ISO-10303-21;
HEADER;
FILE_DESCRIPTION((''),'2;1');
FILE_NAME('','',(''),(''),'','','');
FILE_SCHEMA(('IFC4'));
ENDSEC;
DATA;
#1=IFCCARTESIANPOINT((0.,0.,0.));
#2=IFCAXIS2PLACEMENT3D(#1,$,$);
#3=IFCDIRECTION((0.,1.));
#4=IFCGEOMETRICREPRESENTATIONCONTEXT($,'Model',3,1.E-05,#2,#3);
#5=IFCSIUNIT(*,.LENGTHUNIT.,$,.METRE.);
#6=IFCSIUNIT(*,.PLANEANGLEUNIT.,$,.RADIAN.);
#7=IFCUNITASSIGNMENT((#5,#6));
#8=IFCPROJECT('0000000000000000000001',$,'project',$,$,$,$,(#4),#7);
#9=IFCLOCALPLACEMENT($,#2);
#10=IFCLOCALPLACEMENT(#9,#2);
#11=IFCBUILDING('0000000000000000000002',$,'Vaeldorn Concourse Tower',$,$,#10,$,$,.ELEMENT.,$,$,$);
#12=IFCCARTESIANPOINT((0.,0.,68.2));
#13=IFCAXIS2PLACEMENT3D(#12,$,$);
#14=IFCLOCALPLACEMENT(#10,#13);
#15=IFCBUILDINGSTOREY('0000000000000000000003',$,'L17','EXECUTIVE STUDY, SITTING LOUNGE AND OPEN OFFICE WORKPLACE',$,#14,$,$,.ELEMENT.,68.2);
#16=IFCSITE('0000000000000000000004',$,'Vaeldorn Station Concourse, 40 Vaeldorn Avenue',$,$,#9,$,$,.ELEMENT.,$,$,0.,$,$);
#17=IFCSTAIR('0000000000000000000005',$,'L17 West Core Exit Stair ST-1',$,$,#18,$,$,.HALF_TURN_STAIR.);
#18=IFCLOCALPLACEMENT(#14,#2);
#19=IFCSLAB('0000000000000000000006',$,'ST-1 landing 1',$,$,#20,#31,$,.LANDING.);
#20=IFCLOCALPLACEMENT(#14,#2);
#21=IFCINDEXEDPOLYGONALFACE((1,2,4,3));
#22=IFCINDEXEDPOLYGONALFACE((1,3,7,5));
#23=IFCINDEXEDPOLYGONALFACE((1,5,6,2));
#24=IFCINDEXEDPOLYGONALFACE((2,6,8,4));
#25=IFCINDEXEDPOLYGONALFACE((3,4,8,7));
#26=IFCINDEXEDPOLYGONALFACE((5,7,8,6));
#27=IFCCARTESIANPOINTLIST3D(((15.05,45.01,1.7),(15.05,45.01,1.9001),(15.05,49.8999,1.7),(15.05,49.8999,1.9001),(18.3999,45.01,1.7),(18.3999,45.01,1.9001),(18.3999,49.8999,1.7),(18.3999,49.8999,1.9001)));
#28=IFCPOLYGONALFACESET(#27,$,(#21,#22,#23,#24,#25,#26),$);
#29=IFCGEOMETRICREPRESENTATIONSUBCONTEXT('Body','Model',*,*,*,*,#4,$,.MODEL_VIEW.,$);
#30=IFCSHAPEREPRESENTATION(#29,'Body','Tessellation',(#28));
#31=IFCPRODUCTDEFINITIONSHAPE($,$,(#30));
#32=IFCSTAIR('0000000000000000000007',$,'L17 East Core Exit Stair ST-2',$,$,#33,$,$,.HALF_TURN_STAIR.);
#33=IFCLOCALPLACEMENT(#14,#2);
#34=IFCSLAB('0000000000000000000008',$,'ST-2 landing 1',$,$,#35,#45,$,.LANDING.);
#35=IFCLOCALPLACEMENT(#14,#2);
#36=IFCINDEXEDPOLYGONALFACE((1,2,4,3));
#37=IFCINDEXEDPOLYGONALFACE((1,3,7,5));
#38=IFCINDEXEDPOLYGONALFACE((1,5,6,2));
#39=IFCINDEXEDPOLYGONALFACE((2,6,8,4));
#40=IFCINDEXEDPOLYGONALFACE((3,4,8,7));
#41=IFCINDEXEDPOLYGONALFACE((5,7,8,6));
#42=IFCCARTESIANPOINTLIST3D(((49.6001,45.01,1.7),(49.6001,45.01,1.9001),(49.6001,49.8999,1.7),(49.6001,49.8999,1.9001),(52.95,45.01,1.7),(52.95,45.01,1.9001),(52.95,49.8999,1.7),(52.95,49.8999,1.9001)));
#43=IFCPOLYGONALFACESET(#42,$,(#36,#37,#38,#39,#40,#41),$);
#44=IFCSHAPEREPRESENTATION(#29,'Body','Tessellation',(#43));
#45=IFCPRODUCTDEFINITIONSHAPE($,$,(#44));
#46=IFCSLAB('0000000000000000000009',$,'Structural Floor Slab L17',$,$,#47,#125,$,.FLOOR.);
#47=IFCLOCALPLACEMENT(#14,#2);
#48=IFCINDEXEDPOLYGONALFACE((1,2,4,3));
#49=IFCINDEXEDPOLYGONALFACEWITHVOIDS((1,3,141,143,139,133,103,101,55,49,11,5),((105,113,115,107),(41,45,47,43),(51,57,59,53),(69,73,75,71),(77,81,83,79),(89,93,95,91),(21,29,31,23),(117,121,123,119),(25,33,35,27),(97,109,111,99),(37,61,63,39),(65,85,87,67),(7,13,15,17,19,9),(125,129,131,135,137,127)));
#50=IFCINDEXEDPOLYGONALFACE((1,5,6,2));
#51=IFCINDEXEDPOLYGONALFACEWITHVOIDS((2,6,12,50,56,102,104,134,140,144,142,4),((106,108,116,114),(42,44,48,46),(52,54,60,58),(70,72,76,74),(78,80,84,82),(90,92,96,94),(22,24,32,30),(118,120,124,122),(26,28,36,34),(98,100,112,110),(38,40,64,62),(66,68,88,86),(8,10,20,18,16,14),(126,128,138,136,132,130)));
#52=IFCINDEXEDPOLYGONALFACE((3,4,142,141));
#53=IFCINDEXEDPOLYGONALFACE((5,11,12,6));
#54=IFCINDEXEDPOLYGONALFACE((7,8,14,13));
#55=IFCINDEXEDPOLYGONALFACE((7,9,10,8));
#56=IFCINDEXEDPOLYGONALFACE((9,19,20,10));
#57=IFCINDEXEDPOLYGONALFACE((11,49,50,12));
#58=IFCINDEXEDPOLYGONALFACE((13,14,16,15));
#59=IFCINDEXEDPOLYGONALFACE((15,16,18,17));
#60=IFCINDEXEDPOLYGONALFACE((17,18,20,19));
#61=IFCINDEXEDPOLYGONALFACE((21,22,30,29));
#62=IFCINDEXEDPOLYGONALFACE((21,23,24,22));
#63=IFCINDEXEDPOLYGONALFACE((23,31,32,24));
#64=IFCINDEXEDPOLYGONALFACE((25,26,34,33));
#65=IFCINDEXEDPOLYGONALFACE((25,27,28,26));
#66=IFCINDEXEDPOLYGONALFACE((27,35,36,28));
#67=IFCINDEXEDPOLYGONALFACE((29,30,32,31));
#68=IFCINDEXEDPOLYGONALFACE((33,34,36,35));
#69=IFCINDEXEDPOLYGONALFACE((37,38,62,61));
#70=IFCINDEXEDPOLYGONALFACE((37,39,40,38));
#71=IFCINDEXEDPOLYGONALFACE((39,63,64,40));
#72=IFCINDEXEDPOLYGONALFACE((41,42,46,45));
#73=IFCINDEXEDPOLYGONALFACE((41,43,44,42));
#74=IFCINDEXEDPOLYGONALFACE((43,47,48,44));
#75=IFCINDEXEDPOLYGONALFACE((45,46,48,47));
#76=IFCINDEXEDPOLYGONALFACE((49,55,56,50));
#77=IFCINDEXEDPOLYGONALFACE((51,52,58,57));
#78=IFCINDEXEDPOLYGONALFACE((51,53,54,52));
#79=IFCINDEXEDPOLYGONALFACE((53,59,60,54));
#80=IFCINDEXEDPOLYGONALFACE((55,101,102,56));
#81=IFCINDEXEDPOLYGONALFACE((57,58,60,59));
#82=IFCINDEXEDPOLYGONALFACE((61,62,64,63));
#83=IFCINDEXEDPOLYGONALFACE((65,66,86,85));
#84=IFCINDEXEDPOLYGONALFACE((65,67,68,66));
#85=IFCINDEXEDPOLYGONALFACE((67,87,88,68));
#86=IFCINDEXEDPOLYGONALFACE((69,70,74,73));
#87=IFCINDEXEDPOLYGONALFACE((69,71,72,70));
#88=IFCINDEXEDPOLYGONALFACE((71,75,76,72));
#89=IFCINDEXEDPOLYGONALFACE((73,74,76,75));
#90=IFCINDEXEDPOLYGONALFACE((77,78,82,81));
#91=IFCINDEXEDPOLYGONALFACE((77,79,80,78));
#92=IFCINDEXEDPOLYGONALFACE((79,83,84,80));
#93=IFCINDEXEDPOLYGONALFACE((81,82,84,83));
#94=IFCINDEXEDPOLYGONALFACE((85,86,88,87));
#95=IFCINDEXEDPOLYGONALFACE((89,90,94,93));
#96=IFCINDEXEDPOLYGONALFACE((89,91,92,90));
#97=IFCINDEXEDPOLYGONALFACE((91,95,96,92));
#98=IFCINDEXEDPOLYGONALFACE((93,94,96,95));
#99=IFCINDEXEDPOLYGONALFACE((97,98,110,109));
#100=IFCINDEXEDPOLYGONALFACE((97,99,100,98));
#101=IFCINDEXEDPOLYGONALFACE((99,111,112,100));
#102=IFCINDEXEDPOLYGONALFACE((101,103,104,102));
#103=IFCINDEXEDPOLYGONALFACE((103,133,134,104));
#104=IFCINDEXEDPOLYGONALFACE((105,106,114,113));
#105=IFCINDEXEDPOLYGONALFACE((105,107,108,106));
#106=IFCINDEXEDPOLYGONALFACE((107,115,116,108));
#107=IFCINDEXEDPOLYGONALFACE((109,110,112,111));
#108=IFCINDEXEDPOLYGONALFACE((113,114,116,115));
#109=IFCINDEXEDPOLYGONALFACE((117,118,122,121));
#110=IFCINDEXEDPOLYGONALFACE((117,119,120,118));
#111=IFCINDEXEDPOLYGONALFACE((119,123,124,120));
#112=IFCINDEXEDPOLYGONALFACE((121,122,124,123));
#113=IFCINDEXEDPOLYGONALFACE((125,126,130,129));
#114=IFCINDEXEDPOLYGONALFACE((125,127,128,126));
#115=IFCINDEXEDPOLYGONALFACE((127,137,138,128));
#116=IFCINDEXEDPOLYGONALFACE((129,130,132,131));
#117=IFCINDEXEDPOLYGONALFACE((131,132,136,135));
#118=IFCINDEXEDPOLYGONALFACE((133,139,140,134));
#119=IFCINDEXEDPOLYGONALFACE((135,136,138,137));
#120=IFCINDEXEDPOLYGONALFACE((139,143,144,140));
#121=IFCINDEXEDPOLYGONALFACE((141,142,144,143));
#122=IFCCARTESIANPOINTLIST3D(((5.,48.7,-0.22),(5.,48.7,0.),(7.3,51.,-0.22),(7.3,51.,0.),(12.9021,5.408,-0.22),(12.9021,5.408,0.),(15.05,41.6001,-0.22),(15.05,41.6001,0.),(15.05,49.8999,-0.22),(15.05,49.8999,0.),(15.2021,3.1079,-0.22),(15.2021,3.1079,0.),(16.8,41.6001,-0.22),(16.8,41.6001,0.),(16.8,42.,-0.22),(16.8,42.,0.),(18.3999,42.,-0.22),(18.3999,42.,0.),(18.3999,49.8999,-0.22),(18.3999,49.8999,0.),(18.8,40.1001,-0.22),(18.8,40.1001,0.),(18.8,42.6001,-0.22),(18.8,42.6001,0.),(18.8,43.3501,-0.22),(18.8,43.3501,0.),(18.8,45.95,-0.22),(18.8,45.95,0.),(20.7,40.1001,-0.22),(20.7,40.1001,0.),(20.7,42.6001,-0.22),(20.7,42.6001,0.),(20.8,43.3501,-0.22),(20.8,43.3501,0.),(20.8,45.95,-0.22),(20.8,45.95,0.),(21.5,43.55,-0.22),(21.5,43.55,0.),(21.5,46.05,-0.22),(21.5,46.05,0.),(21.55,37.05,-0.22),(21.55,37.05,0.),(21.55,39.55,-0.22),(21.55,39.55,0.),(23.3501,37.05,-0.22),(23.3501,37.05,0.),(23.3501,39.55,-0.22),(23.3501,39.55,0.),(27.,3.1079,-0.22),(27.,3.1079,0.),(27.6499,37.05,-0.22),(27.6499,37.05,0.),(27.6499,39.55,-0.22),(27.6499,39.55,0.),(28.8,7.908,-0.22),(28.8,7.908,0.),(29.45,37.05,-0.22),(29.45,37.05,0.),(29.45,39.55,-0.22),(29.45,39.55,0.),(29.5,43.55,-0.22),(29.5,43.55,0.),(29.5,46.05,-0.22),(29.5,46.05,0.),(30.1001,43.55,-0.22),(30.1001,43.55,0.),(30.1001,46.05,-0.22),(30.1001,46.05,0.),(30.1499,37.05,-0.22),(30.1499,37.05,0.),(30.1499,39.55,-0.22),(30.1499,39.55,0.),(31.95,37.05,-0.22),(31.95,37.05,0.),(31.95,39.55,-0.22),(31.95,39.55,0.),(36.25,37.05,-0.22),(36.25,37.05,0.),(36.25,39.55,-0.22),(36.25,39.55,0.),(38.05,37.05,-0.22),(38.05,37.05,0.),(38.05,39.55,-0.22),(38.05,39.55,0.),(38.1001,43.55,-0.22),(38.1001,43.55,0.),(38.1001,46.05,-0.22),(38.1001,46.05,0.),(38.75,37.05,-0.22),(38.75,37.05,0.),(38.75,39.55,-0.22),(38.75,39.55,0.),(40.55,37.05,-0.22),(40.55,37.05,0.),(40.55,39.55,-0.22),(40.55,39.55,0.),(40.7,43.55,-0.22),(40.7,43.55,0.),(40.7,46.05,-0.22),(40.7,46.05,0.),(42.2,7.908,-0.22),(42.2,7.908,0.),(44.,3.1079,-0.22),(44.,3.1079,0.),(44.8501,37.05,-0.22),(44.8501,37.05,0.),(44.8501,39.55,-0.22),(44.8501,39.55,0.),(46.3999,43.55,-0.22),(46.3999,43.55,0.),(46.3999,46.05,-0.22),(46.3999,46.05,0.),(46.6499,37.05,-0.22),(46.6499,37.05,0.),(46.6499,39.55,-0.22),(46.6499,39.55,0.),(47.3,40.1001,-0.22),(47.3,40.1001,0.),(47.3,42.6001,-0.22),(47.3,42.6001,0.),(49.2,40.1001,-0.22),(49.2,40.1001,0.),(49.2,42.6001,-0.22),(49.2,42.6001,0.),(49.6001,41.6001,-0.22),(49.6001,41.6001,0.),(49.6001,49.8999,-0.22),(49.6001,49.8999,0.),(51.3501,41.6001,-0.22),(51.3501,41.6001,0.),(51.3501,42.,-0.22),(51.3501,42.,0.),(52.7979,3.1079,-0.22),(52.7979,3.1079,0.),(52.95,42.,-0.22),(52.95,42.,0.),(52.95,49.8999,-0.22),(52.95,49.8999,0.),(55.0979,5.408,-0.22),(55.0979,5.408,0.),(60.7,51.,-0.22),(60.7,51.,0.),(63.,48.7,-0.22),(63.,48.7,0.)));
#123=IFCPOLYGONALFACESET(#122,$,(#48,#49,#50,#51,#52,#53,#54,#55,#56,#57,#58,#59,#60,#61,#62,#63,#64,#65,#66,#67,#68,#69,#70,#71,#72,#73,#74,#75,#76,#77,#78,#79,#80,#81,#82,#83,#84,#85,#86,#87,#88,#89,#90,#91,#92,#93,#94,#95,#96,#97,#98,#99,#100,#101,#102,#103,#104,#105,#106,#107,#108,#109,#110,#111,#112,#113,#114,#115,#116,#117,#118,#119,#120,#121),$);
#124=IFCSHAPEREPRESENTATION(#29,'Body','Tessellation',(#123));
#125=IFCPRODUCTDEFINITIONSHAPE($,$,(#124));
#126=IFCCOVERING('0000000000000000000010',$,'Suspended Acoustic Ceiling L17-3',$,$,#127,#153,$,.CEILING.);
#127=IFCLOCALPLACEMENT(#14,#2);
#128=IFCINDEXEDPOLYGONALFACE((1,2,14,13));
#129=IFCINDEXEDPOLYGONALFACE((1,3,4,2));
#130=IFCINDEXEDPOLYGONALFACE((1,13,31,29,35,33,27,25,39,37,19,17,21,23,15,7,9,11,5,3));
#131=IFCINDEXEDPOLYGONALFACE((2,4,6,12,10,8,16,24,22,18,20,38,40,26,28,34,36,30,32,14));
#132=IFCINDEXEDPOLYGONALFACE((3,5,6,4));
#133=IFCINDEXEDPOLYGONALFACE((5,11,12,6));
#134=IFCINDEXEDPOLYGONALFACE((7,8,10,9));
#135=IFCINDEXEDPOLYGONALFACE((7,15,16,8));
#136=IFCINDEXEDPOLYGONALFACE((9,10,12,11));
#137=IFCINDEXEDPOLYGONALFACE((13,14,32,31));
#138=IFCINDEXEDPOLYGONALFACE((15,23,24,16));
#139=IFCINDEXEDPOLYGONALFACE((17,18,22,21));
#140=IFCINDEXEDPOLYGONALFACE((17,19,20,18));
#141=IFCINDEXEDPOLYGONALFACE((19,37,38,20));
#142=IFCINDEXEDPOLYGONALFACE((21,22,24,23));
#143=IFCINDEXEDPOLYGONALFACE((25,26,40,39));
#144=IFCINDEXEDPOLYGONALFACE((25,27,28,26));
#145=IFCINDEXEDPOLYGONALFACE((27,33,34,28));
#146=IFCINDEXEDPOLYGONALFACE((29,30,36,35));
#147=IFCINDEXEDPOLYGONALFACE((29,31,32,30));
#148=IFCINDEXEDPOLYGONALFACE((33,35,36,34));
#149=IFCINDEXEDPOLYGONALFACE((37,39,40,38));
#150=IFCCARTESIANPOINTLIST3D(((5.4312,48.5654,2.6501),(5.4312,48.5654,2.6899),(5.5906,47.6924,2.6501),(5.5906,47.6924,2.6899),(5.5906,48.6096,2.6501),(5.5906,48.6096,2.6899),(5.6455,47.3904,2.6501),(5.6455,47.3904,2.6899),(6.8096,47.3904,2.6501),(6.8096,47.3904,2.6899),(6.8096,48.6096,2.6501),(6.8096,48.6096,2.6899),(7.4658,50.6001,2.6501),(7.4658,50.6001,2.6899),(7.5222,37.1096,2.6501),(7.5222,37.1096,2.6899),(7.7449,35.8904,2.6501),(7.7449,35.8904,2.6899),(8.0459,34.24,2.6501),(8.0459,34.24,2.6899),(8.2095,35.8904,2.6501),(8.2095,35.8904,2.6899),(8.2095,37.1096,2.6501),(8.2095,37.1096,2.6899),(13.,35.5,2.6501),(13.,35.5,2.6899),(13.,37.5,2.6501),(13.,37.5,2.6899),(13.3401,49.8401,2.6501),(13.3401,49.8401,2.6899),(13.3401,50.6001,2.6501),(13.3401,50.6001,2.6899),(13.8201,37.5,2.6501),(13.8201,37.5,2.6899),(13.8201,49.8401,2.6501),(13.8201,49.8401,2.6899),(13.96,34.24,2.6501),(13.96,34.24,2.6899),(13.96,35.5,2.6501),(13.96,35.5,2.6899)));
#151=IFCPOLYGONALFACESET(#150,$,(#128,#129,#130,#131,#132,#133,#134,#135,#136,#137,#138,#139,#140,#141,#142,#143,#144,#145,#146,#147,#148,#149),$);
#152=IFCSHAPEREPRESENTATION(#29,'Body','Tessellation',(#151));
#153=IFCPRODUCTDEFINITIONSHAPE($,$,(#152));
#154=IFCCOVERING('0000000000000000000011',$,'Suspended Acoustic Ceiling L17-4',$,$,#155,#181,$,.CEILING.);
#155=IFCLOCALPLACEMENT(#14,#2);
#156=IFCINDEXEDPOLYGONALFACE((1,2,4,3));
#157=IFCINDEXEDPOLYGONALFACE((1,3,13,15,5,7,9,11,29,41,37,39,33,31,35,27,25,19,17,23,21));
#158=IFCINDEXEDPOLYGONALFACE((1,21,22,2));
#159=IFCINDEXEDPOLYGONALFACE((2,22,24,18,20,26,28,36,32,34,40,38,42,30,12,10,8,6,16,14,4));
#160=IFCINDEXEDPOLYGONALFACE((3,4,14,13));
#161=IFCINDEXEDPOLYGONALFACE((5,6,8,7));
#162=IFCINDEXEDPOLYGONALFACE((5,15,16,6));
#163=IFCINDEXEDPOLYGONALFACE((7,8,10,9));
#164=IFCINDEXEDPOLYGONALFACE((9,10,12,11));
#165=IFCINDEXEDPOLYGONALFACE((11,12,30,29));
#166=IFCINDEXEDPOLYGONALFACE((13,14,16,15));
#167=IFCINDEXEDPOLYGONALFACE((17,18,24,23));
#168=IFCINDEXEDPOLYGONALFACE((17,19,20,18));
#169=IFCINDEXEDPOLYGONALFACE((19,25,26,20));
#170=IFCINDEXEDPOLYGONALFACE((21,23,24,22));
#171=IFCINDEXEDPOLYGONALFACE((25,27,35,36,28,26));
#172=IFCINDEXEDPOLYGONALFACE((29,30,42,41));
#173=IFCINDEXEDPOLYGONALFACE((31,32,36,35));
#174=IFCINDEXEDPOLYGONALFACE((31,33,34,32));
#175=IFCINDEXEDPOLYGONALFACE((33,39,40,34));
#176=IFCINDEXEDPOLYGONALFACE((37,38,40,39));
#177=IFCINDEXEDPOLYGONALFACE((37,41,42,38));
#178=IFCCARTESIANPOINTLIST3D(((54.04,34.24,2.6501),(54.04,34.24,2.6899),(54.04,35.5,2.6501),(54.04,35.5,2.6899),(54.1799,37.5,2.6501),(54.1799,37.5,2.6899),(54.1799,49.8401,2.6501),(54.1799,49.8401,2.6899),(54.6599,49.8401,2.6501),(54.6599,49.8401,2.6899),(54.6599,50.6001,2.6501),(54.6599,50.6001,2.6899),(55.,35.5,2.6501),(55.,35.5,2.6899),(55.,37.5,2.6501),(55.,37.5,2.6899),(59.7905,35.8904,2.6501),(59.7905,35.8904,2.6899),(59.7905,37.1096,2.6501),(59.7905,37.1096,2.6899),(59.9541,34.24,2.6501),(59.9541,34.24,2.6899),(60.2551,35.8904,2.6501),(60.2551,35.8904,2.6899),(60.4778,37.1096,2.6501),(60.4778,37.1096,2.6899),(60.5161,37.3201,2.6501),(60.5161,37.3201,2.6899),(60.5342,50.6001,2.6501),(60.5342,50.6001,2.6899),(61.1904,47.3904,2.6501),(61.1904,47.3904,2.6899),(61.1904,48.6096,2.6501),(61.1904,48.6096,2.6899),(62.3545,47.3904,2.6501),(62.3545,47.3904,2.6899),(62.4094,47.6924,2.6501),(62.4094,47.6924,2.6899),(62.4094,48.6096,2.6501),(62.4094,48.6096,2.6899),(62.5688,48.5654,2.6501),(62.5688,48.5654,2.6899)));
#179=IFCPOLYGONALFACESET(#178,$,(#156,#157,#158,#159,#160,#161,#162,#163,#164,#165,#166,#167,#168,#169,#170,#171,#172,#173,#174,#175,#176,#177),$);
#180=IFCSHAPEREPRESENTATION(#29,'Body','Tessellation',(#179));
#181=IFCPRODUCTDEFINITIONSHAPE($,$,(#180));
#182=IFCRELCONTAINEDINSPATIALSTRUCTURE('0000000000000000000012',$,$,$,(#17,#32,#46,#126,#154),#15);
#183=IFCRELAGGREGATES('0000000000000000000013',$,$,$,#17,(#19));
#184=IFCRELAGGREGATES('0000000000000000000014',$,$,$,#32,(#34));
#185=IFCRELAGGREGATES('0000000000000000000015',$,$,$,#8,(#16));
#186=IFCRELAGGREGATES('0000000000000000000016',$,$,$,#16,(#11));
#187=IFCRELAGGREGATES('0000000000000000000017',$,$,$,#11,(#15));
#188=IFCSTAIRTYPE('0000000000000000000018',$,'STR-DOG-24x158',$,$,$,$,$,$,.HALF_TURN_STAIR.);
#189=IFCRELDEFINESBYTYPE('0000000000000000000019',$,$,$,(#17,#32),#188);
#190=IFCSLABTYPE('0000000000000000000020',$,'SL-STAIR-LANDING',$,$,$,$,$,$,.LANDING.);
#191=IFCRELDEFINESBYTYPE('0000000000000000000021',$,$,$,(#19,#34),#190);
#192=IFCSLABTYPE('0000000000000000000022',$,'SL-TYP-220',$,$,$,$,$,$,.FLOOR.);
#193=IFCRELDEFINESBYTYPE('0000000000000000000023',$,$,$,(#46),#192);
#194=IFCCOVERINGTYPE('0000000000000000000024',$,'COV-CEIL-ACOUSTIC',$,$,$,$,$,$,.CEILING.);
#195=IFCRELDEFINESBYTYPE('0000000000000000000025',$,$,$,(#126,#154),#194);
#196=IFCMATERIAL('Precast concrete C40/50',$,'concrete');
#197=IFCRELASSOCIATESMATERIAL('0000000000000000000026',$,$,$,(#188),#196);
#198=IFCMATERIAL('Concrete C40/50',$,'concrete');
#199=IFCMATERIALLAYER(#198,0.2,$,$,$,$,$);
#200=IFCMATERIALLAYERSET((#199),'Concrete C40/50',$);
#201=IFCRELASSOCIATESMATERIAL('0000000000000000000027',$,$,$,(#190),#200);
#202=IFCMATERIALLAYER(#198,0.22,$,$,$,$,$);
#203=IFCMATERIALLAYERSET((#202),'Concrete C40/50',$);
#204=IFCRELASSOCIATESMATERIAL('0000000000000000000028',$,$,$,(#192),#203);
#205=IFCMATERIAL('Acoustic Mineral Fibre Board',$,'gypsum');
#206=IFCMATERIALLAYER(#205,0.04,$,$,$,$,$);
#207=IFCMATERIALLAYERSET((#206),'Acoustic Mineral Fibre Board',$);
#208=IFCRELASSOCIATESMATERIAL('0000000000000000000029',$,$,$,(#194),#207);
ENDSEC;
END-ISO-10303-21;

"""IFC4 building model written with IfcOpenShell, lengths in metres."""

from ifc_helpers import new_model, si_unit, direction, frame, origin, place, context, subcontext, project, spatial, polyline, outline, extrude, material, layer, layer_set, type_object, element, aggregate, save


model = new_model("IFC4")

# Units and contexts
model_context = context("Model", 3, precision=1e-05, world=origin(), true_north=direction((0.0, 1.0)))
body_context = subcontext(model_context, "Body", "Model", "MODEL_VIEW")
ifc_project = project(units=[si_unit("LENGTHUNIT", "METRE"), si_unit("PLANEANGLEUNIT", "RADIAN")], contexts=[model_context])

# Site, building, storey
site_placement = place(None, origin())
site = spatial("IfcSite", under=ifc_project, at=site_placement, Name="Vaeldorn Station Concourse, 40 Vaeldorn Avenue", CompositionType="ELEMENT", RefElevation=0.0)
building_placement = place(site_placement, origin())
building = spatial("IfcBuilding", under=site, at=building_placement, Name="Vaeldorn Concourse Tower", CompositionType="ELEMENT")
storey_placement = place(building_placement, frame((0.0, 0.0, 68.2)))
storey = spatial("IfcBuildingStorey", under=building, at=storey_placement, Name="L17", Description="EXECUTIVE STUDY, SITTING LOUNGE AND OPEN OFFICE WORKPLACE", CompositionType="ELEMENT", Elevation=68.2)

# Stairs, slabs
ifc_material_1 = material(Name="Precast concrete C40/50", Category="concrete")
stair_type = type_object("IfcStairType", Name="STR-DOG-24x158", PredefinedType="HALF_TURN_STAIR", material=ifc_material_1)
stair_1_placement = place(storey_placement, origin())
stair_1 = element("IfcStair", 1, at=stair_1_placement, inside=storey, type_object=stair_type, Name="L17 West Core Exit Stair ST-1", PredefinedType="HALF_TURN_STAIR")
ifc_material_2 = material(Name="Concrete C40/50", Category="concrete")
ifc_layer_1 = layer(ifc_material_2, 0.2)
ifc_layer_set_1 = layer_set([ifc_layer_1], Name="Concrete C40/50")
slab_type_1 = type_object("IfcSlabType", Name="SL-STAIR-LANDING", PredefinedType="LANDING", material=ifc_layer_set_1)
slab_1_placement = place(storey_placement, frame((0.0, 0.0, 1.7)))
slab_1 = element("IfcSlab", 2, at=slab_1_placement, type_object=slab_type_1, Name="ST-1 landing 1", PredefinedType="LANDING", context=body_context, shape_type="SweptSolid", body=[
    extrude(outline(polyline([(18.3999, 45.01), (18.3999, 49.8999), (15.05, 49.8999), (15.05, 45.01), (18.3999, 45.01)])), origin(), (0.0, 0.0, 1.0), 0.2002),
])
aggregate(stair_1, [slab_1])
stair_2_placement = place(storey_placement, origin())
stair_2 = element("IfcStair", 3, at=stair_2_placement, inside=storey, type_object=stair_type, Name="L17 East Core Exit Stair ST-2", PredefinedType="HALF_TURN_STAIR")
slab_2_placement = place(storey_placement, frame((0.0, 0.0, 1.7)))
slab_2 = element("IfcSlab", 4, at=slab_2_placement, type_object=slab_type_1, Name="ST-2 landing 1", PredefinedType="LANDING", context=body_context, shape_type="SweptSolid", body=[
    extrude(outline(polyline([(52.95, 45.01), (52.95, 49.8999), (49.6001, 49.8999), (49.6001, 45.01), (52.95, 45.01)])), origin(), (0.0, 0.0, 1.0), 0.2002),
])
aggregate(stair_2, [slab_2])

# Slab
ifc_layer_2 = layer(ifc_material_2, 0.22)
ifc_layer_set_2 = layer_set([ifc_layer_2], Name="Concrete C40/50")
slab_type_2 = type_object("IfcSlabType", Name="SL-TYP-220", PredefinedType="FLOOR", material=ifc_layer_set_2)
slab_3_placement = place(storey_placement, frame((0.0, 0.0, -0.22)))
element("IfcSlab", 5, at=slab_3_placement, inside=storey, type_object=slab_type_2, Name="Structural Floor Slab L17", PredefinedType="FLOOR", context=body_context, shape_type="SweptSolid", body=[
    extrude(outline(polyline([(15.2021, 3.1079), (27.0, 3.1079), (28.8, 7.908), (42.2, 7.908), (44.0, 3.1079), (52.7979, 3.1079), (55.0979, 5.408), (63.0, 48.7), (60.7, 51.0), (7.3, 51.0), (5.0, 48.7), (12.9021, 5.408), (15.2021, 3.1079)]), holes=[polyline([(18.3999, 42.0), (18.3999, 49.8999), (15.05, 49.8999), (15.05, 41.6001), (16.8, 41.6001), (16.8, 42.0), (18.3999, 42.0)]), polyline([(52.95, 42.0), (52.95, 49.8999), (49.6001, 49.8999), (49.6001, 41.6001), (51.3501, 41.6001), (51.3501, 42.0), (52.95, 42.0)]), polyline([(21.55, 37.05), (23.3501, 37.05), (23.3501, 39.55), (21.55, 39.55), (21.55, 37.05)]), polyline([(27.6499, 37.05), (29.45, 37.05), (29.45, 39.55), (27.6499, 39.55), (27.6499, 37.05)]), polyline([(21.5, 43.55), (29.5, 43.55), (29.5, 46.05), (21.5, 46.05), (21.5, 43.55)]), polyline([(30.1499, 37.05), (31.95, 37.05), (31.95, 39.55), (30.1499, 39.55), (30.1499, 37.05)]), polyline([(36.25, 37.05), (38.05, 37.05), (38.05, 39.55), (36.25, 39.55), (36.25, 37.05)]), polyline([(30.1001, 43.55), (38.1001, 43.55), (38.1001, 46.05), (30.1001, 46.05), (30.1001, 43.55)]), polyline([(38.75, 37.05), (40.55, 37.05), (40.55, 39.55), (38.75, 39.55), (38.75, 37.05)]), polyline([(44.8501, 37.05), (46.6499, 37.05), (46.6499, 39.55), (44.8501, 39.55), (44.8501, 37.05)]), polyline([(40.7, 43.55), (46.3999, 43.55), (46.3999, 46.05), (40.7, 46.05), (40.7, 43.55)]), polyline([(18.8, 43.3501), (20.8, 43.3501), (20.8, 45.95), (18.8, 45.95), (18.8, 43.3501)]), polyline([(18.8, 40.1001), (20.7, 40.1001), (20.7, 42.6001), (18.8, 42.6001), (18.8, 40.1001)]), polyline([(47.3, 40.1001), (49.2, 40.1001), (49.2, 42.6001), (47.3, 42.6001), (47.3, 40.1001)])]), origin(), (0.0, 0.0, 1.0), 0.22),
])

# Coverings
ifc_material_3 = material(Name="Acoustic Mineral Fibre Board", Category="gypsum")
ifc_layer_3 = layer(ifc_material_3, 0.04)
ifc_layer_set_3 = layer_set([ifc_layer_3], Name="Acoustic Mineral Fibre Board")
covering_type_1 = type_object("IfcCoveringType", Name="COV-CEIL-ACOUSTIC", PredefinedType="CEILING", material=ifc_layer_set_3)
covering_1_placement = place(storey_placement, frame((0.0, 0.0, 2.6501)))
element("IfcCovering", 6, at=covering_1_placement, inside=storey, type_object=covering_type_1, Name="Suspended Acoustic Ceiling L17-3", PredefinedType="CEILING", context=body_context, shape_type="SweptSolid", body=[
    extrude(outline(polyline([(7.4658, 50.6001), (13.3401, 50.6001), (13.3401, 49.8401), (13.8201, 49.8401), (13.8201, 37.5), (13.0, 37.5), (13.0, 35.5), (13.96, 35.5), (13.96, 34.24), (8.0459, 34.24), (7.7449, 35.8904), (8.2095, 35.8904), (8.2095, 37.1096), (7.5222, 37.1096), (5.6455, 47.3904), (6.8096, 47.3904), (6.8096, 48.6096), (5.5906, 48.6096), (5.5906, 47.6924), (5.4312, 48.5654), (7.4658, 50.6001)])), origin(), (0.0, 0.0, 1.0), 0.0398),
])
covering_2_placement = place(storey_placement, frame((0.0, 0.0, 2.6501)))
element("IfcCovering", 7, at=covering_2_placement, inside=storey, type_object=covering_type_1, Name="Suspended Acoustic Ceiling L17-4", PredefinedType="CEILING", context=body_context, shape_type="SweptSolid", body=[
    extrude(outline(polyline([(54.1799, 49.8401), (54.6599, 49.8401), (54.6599, 50.6001), (60.5342, 50.6001), (62.5688, 48.5654), (62.4094, 47.6924), (62.4094, 48.6096), (61.1904, 48.6096), (61.1904, 47.3904), (62.3545, 47.3904), (60.5161, 37.3201), (60.5161, 37.3201), (60.4778, 37.1096), (59.7905, 37.1096), (59.7905, 35.8904), (60.2551, 35.8904), (59.9541, 34.24), (54.04, 34.24), (54.04, 35.5), (55.0, 35.5), (55.0, 37.5), (54.1799, 37.5), (54.1799, 49.8401)])), origin(), (0.0, 0.0, 1.0), 0.0398),
])

save(model, "model.ifc")
